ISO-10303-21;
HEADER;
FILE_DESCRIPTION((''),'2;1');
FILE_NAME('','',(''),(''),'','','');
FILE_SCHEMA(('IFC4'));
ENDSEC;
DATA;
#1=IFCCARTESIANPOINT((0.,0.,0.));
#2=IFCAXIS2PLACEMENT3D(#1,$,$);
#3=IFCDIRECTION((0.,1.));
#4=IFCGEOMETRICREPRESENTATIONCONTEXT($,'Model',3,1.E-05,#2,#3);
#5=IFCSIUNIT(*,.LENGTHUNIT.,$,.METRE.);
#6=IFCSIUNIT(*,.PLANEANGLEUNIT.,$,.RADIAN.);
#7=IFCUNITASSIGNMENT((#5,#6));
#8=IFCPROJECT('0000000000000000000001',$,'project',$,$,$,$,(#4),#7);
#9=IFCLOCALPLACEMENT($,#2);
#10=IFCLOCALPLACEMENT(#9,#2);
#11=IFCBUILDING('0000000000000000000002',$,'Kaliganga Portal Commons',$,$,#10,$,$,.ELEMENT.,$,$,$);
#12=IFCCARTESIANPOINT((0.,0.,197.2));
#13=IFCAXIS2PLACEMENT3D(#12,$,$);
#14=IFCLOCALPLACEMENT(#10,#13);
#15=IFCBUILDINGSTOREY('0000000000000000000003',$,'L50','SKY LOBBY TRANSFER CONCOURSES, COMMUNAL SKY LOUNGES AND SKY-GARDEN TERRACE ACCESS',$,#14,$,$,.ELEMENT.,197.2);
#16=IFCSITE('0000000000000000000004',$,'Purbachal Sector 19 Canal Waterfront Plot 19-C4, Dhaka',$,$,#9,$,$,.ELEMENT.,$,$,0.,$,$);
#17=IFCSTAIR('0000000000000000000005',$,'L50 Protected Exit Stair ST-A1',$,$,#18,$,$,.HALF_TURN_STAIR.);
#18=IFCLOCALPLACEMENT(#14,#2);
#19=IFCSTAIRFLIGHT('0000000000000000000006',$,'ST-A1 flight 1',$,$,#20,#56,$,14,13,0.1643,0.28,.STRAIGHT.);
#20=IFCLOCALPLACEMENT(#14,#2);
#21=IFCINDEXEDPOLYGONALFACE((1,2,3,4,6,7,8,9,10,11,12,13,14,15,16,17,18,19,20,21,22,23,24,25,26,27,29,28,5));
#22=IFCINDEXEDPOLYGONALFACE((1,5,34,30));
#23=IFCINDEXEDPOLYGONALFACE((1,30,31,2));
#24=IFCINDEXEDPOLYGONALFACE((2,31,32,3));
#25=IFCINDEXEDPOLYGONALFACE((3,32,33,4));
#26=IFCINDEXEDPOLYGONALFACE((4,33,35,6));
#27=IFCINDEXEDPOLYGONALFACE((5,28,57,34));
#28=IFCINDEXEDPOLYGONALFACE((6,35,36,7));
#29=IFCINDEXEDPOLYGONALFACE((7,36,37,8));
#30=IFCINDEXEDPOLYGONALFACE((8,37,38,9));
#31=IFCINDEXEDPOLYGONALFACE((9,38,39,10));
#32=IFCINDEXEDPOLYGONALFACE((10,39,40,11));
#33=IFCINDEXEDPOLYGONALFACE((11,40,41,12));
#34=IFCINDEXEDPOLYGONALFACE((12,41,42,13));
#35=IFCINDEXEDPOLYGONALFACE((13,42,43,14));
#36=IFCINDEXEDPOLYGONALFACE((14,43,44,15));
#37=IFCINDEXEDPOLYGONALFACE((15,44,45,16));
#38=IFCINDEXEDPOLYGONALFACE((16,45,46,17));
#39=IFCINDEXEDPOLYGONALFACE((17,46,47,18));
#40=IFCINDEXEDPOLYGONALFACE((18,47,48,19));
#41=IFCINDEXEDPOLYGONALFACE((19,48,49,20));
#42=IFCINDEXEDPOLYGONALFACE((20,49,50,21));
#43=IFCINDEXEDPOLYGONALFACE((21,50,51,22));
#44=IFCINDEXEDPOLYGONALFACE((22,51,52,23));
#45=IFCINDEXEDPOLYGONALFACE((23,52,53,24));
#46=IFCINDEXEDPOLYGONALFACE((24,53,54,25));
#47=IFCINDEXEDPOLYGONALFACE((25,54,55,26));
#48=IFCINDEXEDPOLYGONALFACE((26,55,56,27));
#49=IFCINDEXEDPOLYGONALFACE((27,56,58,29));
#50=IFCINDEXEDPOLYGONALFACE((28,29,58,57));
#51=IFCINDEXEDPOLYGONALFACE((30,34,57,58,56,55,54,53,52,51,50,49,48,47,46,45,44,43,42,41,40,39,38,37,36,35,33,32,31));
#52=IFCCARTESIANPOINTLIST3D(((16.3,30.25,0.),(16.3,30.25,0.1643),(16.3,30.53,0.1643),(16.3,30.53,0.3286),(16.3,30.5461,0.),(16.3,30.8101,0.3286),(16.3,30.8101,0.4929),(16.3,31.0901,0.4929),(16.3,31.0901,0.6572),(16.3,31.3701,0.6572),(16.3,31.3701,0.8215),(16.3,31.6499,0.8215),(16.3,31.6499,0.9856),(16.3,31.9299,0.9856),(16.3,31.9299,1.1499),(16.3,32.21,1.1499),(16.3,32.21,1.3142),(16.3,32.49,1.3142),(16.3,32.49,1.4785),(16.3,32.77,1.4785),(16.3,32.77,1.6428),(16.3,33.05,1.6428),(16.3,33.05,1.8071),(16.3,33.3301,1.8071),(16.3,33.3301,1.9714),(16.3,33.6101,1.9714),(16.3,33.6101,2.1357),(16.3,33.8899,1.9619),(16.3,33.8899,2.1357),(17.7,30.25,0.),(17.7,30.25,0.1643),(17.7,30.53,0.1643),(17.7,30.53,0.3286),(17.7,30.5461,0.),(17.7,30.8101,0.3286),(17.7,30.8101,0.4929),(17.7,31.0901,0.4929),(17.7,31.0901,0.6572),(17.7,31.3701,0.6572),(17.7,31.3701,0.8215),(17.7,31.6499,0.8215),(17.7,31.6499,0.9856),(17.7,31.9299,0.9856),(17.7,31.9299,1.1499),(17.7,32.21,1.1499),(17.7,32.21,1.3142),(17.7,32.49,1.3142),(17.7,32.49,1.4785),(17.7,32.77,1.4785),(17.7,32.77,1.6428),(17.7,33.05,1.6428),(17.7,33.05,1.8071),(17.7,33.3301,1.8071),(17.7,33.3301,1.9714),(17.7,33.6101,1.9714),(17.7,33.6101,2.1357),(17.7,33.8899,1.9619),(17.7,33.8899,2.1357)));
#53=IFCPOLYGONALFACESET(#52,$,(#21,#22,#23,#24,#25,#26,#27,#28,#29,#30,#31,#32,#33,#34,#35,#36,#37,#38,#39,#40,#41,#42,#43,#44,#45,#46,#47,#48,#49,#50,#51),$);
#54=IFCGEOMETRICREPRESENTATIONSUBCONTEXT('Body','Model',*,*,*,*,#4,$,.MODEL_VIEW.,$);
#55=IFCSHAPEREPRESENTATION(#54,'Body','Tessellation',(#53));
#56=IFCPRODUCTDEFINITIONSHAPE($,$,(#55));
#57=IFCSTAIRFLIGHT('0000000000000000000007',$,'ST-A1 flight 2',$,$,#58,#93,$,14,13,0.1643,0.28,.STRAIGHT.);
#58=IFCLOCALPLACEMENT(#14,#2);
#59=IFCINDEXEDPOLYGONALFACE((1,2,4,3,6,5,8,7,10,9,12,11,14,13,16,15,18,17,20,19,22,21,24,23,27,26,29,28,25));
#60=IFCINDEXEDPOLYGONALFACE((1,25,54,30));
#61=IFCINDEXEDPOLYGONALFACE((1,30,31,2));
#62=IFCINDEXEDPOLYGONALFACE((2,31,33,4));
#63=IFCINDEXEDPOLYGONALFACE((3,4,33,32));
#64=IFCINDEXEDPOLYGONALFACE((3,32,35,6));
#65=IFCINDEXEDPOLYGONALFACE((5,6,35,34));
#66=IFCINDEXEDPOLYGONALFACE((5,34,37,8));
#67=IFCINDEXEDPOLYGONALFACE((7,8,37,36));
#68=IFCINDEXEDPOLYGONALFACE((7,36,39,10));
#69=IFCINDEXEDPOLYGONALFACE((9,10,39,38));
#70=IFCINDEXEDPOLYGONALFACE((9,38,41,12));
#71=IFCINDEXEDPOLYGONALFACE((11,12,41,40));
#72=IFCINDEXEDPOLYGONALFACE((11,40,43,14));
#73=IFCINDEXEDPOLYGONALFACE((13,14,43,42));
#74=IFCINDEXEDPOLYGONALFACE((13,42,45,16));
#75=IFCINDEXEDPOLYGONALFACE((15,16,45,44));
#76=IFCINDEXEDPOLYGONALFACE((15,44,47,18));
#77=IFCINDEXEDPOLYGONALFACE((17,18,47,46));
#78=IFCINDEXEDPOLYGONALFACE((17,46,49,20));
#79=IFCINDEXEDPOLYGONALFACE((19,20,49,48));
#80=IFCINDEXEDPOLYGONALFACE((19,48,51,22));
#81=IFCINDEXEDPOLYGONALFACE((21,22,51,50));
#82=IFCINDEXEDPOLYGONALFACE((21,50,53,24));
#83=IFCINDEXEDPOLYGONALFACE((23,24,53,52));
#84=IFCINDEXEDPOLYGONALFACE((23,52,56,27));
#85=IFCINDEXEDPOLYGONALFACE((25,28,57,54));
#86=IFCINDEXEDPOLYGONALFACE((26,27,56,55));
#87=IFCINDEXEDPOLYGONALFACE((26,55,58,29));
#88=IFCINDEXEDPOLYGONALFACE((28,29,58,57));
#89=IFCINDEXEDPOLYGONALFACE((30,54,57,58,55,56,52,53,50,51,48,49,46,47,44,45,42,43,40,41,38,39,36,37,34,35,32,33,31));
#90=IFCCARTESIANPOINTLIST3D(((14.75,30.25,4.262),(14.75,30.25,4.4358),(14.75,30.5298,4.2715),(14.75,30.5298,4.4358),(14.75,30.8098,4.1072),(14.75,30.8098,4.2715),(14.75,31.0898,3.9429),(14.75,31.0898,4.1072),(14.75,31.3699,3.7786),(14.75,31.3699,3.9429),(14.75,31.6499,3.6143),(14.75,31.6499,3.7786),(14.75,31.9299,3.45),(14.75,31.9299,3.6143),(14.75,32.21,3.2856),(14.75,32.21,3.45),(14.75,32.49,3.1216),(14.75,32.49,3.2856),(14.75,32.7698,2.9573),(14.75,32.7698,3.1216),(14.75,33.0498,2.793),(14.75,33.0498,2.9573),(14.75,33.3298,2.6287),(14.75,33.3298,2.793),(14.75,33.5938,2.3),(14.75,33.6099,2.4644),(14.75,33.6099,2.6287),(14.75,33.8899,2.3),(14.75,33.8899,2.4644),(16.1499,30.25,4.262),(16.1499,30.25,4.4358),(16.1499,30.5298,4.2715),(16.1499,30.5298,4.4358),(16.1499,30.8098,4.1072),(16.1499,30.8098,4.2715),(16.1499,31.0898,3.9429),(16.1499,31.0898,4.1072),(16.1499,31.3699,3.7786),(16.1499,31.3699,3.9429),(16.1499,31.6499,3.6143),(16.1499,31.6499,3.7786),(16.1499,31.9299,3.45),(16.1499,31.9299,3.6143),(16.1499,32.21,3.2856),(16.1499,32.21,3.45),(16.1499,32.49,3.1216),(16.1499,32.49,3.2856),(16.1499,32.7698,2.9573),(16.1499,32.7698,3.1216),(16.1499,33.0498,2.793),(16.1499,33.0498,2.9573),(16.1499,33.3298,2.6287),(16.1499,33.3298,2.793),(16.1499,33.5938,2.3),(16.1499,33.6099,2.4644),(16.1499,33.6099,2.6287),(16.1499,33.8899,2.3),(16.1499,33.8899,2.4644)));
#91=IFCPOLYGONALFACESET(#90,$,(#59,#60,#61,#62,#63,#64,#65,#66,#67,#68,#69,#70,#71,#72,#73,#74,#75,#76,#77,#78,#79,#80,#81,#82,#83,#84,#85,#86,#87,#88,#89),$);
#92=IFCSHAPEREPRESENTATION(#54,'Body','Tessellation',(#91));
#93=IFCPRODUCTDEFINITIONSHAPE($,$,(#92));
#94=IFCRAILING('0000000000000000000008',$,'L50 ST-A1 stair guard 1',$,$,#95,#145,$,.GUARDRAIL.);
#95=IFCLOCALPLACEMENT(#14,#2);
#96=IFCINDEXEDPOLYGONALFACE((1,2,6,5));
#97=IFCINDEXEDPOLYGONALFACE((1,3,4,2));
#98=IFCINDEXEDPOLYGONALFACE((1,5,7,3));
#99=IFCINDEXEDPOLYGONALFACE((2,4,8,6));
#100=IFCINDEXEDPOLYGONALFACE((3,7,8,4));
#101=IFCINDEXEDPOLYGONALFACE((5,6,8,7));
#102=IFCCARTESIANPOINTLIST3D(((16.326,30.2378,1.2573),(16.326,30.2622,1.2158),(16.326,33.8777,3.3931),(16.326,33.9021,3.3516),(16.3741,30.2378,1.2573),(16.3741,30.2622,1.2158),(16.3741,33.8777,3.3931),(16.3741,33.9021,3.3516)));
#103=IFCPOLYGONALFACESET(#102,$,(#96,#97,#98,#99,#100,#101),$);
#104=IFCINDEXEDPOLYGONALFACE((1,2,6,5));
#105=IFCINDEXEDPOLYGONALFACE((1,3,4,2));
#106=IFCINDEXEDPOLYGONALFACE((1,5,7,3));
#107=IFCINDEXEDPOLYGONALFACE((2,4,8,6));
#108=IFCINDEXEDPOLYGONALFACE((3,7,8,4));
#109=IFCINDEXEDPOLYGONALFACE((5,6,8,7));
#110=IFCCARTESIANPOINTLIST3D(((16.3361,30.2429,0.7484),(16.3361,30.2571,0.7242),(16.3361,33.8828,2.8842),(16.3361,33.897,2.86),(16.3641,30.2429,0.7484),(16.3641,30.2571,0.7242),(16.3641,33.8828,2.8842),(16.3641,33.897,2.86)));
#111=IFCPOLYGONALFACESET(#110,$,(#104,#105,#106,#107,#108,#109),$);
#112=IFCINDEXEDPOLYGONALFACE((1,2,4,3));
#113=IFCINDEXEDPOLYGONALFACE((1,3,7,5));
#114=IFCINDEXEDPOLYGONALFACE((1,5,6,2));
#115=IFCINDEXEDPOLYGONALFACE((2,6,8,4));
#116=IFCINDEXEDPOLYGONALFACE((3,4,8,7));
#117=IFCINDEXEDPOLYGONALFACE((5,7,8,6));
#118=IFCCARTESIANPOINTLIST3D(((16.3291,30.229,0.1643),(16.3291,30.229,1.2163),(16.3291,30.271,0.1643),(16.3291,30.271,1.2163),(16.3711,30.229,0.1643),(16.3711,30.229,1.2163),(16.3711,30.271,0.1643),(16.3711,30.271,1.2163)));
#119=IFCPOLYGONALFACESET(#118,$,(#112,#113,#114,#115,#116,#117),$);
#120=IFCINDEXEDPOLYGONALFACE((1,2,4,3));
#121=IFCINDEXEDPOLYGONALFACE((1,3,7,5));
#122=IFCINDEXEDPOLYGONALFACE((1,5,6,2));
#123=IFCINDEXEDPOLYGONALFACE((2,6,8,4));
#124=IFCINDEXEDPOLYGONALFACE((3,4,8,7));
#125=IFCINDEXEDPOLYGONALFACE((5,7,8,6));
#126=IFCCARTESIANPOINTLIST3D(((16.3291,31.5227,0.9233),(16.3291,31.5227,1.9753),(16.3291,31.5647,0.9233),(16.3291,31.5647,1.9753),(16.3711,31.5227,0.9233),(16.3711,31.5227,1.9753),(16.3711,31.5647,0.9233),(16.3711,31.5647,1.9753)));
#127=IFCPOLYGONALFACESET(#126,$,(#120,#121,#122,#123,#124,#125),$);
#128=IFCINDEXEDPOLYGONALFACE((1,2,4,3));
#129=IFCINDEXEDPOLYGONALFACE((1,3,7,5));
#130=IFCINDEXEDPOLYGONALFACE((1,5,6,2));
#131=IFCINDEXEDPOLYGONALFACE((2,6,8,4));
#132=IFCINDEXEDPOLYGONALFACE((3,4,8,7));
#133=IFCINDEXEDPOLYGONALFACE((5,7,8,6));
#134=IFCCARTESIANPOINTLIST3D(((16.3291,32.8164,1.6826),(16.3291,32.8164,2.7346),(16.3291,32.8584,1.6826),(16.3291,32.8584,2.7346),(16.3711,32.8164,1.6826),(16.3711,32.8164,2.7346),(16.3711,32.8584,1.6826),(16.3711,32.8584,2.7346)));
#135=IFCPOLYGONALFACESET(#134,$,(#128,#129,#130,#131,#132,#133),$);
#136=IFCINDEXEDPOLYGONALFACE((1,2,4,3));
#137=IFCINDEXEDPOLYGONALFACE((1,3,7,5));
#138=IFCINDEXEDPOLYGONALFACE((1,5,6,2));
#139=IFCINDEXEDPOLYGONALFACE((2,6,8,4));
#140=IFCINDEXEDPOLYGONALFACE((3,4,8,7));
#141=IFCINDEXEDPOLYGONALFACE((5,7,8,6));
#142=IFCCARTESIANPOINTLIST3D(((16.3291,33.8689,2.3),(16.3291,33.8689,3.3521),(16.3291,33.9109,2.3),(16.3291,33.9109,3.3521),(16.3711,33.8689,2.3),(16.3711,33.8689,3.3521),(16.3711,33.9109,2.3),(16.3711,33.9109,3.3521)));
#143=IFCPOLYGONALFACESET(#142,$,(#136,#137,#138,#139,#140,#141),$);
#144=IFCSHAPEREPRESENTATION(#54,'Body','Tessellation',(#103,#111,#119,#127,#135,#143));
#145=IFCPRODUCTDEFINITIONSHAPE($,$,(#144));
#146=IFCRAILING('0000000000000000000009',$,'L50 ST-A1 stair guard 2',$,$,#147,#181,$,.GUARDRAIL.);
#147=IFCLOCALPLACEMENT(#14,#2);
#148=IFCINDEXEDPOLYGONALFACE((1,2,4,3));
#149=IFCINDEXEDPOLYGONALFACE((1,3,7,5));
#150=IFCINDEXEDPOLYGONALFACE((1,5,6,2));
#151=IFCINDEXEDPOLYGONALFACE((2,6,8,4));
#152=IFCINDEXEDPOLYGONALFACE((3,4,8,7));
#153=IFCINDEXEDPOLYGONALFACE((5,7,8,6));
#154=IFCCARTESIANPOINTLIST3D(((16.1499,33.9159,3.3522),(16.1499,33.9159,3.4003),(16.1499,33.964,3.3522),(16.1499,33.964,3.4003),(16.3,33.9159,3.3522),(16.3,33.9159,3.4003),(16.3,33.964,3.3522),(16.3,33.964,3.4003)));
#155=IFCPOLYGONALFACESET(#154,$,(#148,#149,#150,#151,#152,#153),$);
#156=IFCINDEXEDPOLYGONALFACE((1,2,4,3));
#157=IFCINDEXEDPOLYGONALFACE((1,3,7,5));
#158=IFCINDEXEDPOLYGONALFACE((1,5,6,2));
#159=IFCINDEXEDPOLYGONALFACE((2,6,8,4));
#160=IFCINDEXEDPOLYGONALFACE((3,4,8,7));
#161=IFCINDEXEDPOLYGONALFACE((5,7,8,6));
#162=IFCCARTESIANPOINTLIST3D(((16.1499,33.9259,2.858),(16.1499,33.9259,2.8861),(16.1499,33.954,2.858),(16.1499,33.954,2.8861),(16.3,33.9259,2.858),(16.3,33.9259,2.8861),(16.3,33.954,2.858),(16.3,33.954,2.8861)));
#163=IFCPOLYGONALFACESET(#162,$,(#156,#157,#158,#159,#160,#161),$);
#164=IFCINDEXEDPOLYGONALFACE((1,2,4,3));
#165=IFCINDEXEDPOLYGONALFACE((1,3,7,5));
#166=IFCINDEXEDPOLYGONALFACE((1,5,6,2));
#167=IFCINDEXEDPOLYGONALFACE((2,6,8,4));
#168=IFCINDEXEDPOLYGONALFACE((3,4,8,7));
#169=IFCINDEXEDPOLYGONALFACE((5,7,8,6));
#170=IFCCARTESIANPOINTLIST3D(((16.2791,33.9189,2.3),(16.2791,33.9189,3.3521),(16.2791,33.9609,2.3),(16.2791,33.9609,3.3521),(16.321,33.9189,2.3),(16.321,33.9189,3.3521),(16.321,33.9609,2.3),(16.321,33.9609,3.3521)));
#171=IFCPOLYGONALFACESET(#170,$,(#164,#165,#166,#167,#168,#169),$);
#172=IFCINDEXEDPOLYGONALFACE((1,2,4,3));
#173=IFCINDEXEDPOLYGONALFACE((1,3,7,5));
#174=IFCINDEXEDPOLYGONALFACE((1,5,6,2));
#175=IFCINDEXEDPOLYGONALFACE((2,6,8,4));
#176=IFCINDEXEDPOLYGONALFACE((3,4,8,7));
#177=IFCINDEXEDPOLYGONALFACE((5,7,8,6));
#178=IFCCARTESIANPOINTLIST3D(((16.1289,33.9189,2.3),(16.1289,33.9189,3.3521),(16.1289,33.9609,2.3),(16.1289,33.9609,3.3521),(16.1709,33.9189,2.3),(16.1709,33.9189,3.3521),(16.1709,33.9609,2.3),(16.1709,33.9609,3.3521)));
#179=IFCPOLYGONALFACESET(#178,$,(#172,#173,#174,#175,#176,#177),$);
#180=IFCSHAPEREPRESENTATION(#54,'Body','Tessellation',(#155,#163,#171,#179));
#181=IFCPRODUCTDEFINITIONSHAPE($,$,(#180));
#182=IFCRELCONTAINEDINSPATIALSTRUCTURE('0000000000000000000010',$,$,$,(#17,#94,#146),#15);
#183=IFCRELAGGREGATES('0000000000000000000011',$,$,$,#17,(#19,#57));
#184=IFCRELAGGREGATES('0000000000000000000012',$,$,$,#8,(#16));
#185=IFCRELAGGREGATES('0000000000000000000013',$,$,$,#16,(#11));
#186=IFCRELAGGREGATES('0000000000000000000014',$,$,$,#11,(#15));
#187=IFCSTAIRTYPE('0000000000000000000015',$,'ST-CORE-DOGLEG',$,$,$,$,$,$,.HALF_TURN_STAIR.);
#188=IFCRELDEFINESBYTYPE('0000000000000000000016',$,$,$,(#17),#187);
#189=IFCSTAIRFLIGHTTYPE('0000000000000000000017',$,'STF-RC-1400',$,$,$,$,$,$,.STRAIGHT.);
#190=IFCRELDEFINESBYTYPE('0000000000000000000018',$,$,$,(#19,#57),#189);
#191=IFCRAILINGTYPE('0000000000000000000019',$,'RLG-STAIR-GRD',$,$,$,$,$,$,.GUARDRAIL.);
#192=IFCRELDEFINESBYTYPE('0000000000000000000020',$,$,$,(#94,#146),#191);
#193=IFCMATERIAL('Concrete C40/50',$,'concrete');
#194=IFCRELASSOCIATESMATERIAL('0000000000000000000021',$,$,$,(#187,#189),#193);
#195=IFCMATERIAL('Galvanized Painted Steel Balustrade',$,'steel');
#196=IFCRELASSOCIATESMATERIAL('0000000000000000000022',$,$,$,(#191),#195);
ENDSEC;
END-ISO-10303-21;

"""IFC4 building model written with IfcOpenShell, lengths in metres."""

from ifc_helpers import new_model, si_unit, direction, frame, origin, origin_2d, place, context, subcontext, project, spatial, polyline, rectangle, outline, extrude, material, type_object, element, aggregate, save


model = new_model("IFC4")

# Units and contexts
model_context = context("Model", 3, precision=1e-05, world=origin(), true_north=direction((0.0, 1.0)))
body_context = subcontext(model_context, "Body", "Model", "MODEL_VIEW")
ifc_project = project(units=[si_unit("LENGTHUNIT", "METRE"), si_unit("PLANEANGLEUNIT", "RADIAN")], contexts=[model_context])

# Site, building, storey
site_placement = place(None, origin())
site = spatial("IfcSite", under=ifc_project, at=site_placement, Name="Purbachal Sector 19 Canal Waterfront Plot 19-C4, Dhaka", CompositionType="ELEMENT", RefElevation=0.0)
building_placement = place(site_placement, origin())
building = spatial("IfcBuilding", under=site, at=building_placement, Name="Kaliganga Portal Commons", CompositionType="ELEMENT")
storey_placement = place(building_placement, frame((0.0, 0.0, 197.2)))
storey = spatial("IfcBuildingStorey", under=building, at=storey_placement, Name="L50", Description="SKY LOBBY TRANSFER CONCOURSES, COMMUNAL SKY LOUNGES AND SKY-GARDEN TERRACE ACCESS", CompositionType="ELEMENT", Elevation=197.2)

# Stair, stair flights
ifc_material_1 = material(Name="Concrete C40/50", Category="concrete")
stair_type = type_object("IfcStairType", Name="ST-CORE-DOGLEG", PredefinedType="HALF_TURN_STAIR", material=ifc_material_1)
stair_placement = place(storey_placement, origin())
stair = element("IfcStair", 1, at=stair_placement, inside=storey, type_object=stair_type, Name="L50 Protected Exit Stair ST-A1", PredefinedType="HALF_TURN_STAIR")
stair_flight_type = type_object("IfcStairFlightType", Name="STF-RC-1400", PredefinedType="STRAIGHT", material=ifc_material_1)
stair_flight_1_placement = place(storey_placement, frame((17.0, 30.25, 0.0), z_axis=(0.0, 0.0, 1.0), x_axis=(0.0, 1.0, 0.0)))
stair_flight_1 = element("IfcStairFlight", 2, at=stair_flight_1_placement, type_object=stair_flight_type, Name="ST-A1 flight 1", NumberOfRisers=14, NumberOfTreads=13, PredefinedType="STRAIGHT", RiserHeight=0.1643, TreadLength=0.28, context=body_context, shape_type="SweptSolid", body=[
    extrude(outline(polyline([(0.0, 0.0), (0.0, 0.1643), (0.28, 0.1643), (0.28, 0.3286), (0.5601, 0.3286), (0.5601, 0.4929), (0.8401, 0.4929), (0.8401, 0.6572), (1.1201, 0.6572), (1.1201, 0.8215), (1.3999, 0.8215), (1.3999, 0.9856), (1.6799, 0.9856), (1.6799, 1.1499), (1.96, 1.1499), (1.96, 1.3142), (2.24, 1.3142), (2.24, 1.4785), (2.52, 1.4785), (2.52, 1.6428), (2.8, 1.6428), (2.8, 1.8071), (3.0801, 1.8071), (3.0801, 1.9714), (3.3601, 1.9714), (3.3601, 2.1357), (3.6399, 2.1357), (3.6399, 2.3), (3.6399, 1.9619), (0.2961, 0.0), (0.0, 0.0)])), frame((0.0, 0.7, 0.0), z_axis=(0.0, -1.0, 0.0), x_axis=(1.0, 0.0, 0.0)), (0.0, 0.0, 1.0), 1.3999),
])
stair_flight_2_placement = place(storey_placement, frame((15.45, 33.8899, 2.3), z_axis=(0.0, 0.0, 1.0), x_axis=(0.0, -1.0, 0.0)))
stair_flight_2 = element("IfcStairFlight", 3, at=stair_flight_2_placement, type_object=stair_flight_type, Name="ST-A1 flight 2", NumberOfRisers=14, NumberOfTreads=13, PredefinedType="STRAIGHT", RiserHeight=0.1643, TreadLength=0.28, context=body_context, shape_type="SweptSolid", body=[
    extrude(outline(polyline([(0.0, 0.0), (0.0, 0.1643), (0.28, 0.1643), (0.28, 0.3286), (0.5601, 0.3286), (0.5601, 0.4929), (0.8401, 0.4929), (0.8401, 0.6572), (1.1201, 0.6572), (1.1201, 0.8215), (1.3999, 0.8215), (1.3999, 0.9856), (1.6799, 0.9856), (1.6799, 1.1499), (1.96, 1.1499), (1.96, 1.3142), (2.24, 1.3142), (2.24, 1.4785), (2.52, 1.4785), (2.52, 1.6428), (2.8, 1.6428), (2.8, 1.8071), (3.0801, 1.8071), (3.0801, 1.9714), (3.3601, 1.9714), (3.3601, 2.1357), (3.6399, 2.1357), (3.6399, 2.3), (3.6399, 1.9619), (0.2961, 0.0), (0.0, 0.0)])), frame((0.0, 0.7, 0.0), z_axis=(0.0, -1.0, 0.0), x_axis=(1.0, 0.0, 0.0)), (0.0, 0.0, 1.0), 1.3999),
])
aggregate(stair, [stair_flight_1, stair_flight_2])

# Railings
ifc_material_2 = material(Name="Galvanized Painted Steel Balustrade", Category="steel")
railing_type_1 = type_object("IfcRailingType", Name="RLG-STAIR-GRD", PredefinedType="GUARDRAIL", material=ifc_material_2)
railing_1_placement = place(storey_placement, frame((16.3501, 30.25, 0.1643)))
element("IfcRailing", 4, at=railing_1_placement, inside=storey, type_object=railing_type_1, Name="L50 ST-A1 stair guard 1", PredefinedType="GUARDRAIL", context=body_context, shape_type="SweptSolid", body=[
    extrude(rectangle(XDim=0.0481, YDim=0.0481, at=origin_2d()), frame((0.0, 0.0, 1.0723), z_axis=(0.0, 0.86249, 0.506074), x_axis=(-1.0, 0.0, 0.0)), (0.0, 0.0, 1.0), 4.2202),
    extrude(rectangle(XDim=0.0281, YDim=0.0281, at=origin_2d()), frame((0.0, 0.0, 0.572), z_axis=(0.0, 0.86249, 0.506074), x_axis=(-1.0, 0.0, 0.0)), (0.0, 0.0, 1.0), 4.2202),
    extrude(rectangle(XDim=0.042, YDim=0.042, at=origin_2d()), origin(), (0.0, 0.0, 1.0), 1.052),
    extrude(rectangle(XDim=0.042, YDim=0.042, at=origin_2d()), frame((0.0, 1.2937, 0.759)), (0.0, 0.0, 1.0), 1.052),
    extrude(rectangle(XDim=0.042, YDim=0.042, at=origin_2d()), frame((0.0, 2.5874, 1.5183)), (0.0, 0.0, 1.0), 1.052),
    extrude(rectangle(XDim=0.042, YDim=0.042, at=origin_2d()), frame((0.0, 3.6399, 2.1357)), (0.0, 0.0, 1.0), 1.052),
])
railing_2_placement = place(storey_placement, frame((16.3, 33.9399, 2.3)))
element("IfcRailing", 5, at=railing_2_placement, inside=storey, type_object=railing_type_1, Name="L50 ST-A1 stair guard 2", PredefinedType="GUARDRAIL", context=body_context, shape_type="SweptSolid", body=[
    extrude(rectangle(XDim=0.0481, YDim=0.0481, at=origin_2d()), frame((0.0, 0.0, 1.0762), z_axis=(-1.0, 0.0, 0.0), x_axis=(0.0, -1.0, 0.0)), (0.0, 0.0, 1.0), 0.1501),
    extrude(rectangle(XDim=0.0281, YDim=0.0281, at=origin_2d()), frame((0.0, 0.0, 0.572), z_axis=(-1.0, 0.0, 0.0), x_axis=(0.0, -1.0, 0.0)), (0.0, 0.0, 1.0), 0.1501),
    extrude(rectangle(XDim=0.042, YDim=0.042, at=origin_2d()), origin(), (0.0, 0.0, 1.0), 1.052),
    extrude(rectangle(XDim=0.042, YDim=0.042, at=origin_2d()), frame((-0.1501, 0.0, 0.0)), (0.0, 0.0, 1.0), 1.052),
])

save(model, "model.ifc")
